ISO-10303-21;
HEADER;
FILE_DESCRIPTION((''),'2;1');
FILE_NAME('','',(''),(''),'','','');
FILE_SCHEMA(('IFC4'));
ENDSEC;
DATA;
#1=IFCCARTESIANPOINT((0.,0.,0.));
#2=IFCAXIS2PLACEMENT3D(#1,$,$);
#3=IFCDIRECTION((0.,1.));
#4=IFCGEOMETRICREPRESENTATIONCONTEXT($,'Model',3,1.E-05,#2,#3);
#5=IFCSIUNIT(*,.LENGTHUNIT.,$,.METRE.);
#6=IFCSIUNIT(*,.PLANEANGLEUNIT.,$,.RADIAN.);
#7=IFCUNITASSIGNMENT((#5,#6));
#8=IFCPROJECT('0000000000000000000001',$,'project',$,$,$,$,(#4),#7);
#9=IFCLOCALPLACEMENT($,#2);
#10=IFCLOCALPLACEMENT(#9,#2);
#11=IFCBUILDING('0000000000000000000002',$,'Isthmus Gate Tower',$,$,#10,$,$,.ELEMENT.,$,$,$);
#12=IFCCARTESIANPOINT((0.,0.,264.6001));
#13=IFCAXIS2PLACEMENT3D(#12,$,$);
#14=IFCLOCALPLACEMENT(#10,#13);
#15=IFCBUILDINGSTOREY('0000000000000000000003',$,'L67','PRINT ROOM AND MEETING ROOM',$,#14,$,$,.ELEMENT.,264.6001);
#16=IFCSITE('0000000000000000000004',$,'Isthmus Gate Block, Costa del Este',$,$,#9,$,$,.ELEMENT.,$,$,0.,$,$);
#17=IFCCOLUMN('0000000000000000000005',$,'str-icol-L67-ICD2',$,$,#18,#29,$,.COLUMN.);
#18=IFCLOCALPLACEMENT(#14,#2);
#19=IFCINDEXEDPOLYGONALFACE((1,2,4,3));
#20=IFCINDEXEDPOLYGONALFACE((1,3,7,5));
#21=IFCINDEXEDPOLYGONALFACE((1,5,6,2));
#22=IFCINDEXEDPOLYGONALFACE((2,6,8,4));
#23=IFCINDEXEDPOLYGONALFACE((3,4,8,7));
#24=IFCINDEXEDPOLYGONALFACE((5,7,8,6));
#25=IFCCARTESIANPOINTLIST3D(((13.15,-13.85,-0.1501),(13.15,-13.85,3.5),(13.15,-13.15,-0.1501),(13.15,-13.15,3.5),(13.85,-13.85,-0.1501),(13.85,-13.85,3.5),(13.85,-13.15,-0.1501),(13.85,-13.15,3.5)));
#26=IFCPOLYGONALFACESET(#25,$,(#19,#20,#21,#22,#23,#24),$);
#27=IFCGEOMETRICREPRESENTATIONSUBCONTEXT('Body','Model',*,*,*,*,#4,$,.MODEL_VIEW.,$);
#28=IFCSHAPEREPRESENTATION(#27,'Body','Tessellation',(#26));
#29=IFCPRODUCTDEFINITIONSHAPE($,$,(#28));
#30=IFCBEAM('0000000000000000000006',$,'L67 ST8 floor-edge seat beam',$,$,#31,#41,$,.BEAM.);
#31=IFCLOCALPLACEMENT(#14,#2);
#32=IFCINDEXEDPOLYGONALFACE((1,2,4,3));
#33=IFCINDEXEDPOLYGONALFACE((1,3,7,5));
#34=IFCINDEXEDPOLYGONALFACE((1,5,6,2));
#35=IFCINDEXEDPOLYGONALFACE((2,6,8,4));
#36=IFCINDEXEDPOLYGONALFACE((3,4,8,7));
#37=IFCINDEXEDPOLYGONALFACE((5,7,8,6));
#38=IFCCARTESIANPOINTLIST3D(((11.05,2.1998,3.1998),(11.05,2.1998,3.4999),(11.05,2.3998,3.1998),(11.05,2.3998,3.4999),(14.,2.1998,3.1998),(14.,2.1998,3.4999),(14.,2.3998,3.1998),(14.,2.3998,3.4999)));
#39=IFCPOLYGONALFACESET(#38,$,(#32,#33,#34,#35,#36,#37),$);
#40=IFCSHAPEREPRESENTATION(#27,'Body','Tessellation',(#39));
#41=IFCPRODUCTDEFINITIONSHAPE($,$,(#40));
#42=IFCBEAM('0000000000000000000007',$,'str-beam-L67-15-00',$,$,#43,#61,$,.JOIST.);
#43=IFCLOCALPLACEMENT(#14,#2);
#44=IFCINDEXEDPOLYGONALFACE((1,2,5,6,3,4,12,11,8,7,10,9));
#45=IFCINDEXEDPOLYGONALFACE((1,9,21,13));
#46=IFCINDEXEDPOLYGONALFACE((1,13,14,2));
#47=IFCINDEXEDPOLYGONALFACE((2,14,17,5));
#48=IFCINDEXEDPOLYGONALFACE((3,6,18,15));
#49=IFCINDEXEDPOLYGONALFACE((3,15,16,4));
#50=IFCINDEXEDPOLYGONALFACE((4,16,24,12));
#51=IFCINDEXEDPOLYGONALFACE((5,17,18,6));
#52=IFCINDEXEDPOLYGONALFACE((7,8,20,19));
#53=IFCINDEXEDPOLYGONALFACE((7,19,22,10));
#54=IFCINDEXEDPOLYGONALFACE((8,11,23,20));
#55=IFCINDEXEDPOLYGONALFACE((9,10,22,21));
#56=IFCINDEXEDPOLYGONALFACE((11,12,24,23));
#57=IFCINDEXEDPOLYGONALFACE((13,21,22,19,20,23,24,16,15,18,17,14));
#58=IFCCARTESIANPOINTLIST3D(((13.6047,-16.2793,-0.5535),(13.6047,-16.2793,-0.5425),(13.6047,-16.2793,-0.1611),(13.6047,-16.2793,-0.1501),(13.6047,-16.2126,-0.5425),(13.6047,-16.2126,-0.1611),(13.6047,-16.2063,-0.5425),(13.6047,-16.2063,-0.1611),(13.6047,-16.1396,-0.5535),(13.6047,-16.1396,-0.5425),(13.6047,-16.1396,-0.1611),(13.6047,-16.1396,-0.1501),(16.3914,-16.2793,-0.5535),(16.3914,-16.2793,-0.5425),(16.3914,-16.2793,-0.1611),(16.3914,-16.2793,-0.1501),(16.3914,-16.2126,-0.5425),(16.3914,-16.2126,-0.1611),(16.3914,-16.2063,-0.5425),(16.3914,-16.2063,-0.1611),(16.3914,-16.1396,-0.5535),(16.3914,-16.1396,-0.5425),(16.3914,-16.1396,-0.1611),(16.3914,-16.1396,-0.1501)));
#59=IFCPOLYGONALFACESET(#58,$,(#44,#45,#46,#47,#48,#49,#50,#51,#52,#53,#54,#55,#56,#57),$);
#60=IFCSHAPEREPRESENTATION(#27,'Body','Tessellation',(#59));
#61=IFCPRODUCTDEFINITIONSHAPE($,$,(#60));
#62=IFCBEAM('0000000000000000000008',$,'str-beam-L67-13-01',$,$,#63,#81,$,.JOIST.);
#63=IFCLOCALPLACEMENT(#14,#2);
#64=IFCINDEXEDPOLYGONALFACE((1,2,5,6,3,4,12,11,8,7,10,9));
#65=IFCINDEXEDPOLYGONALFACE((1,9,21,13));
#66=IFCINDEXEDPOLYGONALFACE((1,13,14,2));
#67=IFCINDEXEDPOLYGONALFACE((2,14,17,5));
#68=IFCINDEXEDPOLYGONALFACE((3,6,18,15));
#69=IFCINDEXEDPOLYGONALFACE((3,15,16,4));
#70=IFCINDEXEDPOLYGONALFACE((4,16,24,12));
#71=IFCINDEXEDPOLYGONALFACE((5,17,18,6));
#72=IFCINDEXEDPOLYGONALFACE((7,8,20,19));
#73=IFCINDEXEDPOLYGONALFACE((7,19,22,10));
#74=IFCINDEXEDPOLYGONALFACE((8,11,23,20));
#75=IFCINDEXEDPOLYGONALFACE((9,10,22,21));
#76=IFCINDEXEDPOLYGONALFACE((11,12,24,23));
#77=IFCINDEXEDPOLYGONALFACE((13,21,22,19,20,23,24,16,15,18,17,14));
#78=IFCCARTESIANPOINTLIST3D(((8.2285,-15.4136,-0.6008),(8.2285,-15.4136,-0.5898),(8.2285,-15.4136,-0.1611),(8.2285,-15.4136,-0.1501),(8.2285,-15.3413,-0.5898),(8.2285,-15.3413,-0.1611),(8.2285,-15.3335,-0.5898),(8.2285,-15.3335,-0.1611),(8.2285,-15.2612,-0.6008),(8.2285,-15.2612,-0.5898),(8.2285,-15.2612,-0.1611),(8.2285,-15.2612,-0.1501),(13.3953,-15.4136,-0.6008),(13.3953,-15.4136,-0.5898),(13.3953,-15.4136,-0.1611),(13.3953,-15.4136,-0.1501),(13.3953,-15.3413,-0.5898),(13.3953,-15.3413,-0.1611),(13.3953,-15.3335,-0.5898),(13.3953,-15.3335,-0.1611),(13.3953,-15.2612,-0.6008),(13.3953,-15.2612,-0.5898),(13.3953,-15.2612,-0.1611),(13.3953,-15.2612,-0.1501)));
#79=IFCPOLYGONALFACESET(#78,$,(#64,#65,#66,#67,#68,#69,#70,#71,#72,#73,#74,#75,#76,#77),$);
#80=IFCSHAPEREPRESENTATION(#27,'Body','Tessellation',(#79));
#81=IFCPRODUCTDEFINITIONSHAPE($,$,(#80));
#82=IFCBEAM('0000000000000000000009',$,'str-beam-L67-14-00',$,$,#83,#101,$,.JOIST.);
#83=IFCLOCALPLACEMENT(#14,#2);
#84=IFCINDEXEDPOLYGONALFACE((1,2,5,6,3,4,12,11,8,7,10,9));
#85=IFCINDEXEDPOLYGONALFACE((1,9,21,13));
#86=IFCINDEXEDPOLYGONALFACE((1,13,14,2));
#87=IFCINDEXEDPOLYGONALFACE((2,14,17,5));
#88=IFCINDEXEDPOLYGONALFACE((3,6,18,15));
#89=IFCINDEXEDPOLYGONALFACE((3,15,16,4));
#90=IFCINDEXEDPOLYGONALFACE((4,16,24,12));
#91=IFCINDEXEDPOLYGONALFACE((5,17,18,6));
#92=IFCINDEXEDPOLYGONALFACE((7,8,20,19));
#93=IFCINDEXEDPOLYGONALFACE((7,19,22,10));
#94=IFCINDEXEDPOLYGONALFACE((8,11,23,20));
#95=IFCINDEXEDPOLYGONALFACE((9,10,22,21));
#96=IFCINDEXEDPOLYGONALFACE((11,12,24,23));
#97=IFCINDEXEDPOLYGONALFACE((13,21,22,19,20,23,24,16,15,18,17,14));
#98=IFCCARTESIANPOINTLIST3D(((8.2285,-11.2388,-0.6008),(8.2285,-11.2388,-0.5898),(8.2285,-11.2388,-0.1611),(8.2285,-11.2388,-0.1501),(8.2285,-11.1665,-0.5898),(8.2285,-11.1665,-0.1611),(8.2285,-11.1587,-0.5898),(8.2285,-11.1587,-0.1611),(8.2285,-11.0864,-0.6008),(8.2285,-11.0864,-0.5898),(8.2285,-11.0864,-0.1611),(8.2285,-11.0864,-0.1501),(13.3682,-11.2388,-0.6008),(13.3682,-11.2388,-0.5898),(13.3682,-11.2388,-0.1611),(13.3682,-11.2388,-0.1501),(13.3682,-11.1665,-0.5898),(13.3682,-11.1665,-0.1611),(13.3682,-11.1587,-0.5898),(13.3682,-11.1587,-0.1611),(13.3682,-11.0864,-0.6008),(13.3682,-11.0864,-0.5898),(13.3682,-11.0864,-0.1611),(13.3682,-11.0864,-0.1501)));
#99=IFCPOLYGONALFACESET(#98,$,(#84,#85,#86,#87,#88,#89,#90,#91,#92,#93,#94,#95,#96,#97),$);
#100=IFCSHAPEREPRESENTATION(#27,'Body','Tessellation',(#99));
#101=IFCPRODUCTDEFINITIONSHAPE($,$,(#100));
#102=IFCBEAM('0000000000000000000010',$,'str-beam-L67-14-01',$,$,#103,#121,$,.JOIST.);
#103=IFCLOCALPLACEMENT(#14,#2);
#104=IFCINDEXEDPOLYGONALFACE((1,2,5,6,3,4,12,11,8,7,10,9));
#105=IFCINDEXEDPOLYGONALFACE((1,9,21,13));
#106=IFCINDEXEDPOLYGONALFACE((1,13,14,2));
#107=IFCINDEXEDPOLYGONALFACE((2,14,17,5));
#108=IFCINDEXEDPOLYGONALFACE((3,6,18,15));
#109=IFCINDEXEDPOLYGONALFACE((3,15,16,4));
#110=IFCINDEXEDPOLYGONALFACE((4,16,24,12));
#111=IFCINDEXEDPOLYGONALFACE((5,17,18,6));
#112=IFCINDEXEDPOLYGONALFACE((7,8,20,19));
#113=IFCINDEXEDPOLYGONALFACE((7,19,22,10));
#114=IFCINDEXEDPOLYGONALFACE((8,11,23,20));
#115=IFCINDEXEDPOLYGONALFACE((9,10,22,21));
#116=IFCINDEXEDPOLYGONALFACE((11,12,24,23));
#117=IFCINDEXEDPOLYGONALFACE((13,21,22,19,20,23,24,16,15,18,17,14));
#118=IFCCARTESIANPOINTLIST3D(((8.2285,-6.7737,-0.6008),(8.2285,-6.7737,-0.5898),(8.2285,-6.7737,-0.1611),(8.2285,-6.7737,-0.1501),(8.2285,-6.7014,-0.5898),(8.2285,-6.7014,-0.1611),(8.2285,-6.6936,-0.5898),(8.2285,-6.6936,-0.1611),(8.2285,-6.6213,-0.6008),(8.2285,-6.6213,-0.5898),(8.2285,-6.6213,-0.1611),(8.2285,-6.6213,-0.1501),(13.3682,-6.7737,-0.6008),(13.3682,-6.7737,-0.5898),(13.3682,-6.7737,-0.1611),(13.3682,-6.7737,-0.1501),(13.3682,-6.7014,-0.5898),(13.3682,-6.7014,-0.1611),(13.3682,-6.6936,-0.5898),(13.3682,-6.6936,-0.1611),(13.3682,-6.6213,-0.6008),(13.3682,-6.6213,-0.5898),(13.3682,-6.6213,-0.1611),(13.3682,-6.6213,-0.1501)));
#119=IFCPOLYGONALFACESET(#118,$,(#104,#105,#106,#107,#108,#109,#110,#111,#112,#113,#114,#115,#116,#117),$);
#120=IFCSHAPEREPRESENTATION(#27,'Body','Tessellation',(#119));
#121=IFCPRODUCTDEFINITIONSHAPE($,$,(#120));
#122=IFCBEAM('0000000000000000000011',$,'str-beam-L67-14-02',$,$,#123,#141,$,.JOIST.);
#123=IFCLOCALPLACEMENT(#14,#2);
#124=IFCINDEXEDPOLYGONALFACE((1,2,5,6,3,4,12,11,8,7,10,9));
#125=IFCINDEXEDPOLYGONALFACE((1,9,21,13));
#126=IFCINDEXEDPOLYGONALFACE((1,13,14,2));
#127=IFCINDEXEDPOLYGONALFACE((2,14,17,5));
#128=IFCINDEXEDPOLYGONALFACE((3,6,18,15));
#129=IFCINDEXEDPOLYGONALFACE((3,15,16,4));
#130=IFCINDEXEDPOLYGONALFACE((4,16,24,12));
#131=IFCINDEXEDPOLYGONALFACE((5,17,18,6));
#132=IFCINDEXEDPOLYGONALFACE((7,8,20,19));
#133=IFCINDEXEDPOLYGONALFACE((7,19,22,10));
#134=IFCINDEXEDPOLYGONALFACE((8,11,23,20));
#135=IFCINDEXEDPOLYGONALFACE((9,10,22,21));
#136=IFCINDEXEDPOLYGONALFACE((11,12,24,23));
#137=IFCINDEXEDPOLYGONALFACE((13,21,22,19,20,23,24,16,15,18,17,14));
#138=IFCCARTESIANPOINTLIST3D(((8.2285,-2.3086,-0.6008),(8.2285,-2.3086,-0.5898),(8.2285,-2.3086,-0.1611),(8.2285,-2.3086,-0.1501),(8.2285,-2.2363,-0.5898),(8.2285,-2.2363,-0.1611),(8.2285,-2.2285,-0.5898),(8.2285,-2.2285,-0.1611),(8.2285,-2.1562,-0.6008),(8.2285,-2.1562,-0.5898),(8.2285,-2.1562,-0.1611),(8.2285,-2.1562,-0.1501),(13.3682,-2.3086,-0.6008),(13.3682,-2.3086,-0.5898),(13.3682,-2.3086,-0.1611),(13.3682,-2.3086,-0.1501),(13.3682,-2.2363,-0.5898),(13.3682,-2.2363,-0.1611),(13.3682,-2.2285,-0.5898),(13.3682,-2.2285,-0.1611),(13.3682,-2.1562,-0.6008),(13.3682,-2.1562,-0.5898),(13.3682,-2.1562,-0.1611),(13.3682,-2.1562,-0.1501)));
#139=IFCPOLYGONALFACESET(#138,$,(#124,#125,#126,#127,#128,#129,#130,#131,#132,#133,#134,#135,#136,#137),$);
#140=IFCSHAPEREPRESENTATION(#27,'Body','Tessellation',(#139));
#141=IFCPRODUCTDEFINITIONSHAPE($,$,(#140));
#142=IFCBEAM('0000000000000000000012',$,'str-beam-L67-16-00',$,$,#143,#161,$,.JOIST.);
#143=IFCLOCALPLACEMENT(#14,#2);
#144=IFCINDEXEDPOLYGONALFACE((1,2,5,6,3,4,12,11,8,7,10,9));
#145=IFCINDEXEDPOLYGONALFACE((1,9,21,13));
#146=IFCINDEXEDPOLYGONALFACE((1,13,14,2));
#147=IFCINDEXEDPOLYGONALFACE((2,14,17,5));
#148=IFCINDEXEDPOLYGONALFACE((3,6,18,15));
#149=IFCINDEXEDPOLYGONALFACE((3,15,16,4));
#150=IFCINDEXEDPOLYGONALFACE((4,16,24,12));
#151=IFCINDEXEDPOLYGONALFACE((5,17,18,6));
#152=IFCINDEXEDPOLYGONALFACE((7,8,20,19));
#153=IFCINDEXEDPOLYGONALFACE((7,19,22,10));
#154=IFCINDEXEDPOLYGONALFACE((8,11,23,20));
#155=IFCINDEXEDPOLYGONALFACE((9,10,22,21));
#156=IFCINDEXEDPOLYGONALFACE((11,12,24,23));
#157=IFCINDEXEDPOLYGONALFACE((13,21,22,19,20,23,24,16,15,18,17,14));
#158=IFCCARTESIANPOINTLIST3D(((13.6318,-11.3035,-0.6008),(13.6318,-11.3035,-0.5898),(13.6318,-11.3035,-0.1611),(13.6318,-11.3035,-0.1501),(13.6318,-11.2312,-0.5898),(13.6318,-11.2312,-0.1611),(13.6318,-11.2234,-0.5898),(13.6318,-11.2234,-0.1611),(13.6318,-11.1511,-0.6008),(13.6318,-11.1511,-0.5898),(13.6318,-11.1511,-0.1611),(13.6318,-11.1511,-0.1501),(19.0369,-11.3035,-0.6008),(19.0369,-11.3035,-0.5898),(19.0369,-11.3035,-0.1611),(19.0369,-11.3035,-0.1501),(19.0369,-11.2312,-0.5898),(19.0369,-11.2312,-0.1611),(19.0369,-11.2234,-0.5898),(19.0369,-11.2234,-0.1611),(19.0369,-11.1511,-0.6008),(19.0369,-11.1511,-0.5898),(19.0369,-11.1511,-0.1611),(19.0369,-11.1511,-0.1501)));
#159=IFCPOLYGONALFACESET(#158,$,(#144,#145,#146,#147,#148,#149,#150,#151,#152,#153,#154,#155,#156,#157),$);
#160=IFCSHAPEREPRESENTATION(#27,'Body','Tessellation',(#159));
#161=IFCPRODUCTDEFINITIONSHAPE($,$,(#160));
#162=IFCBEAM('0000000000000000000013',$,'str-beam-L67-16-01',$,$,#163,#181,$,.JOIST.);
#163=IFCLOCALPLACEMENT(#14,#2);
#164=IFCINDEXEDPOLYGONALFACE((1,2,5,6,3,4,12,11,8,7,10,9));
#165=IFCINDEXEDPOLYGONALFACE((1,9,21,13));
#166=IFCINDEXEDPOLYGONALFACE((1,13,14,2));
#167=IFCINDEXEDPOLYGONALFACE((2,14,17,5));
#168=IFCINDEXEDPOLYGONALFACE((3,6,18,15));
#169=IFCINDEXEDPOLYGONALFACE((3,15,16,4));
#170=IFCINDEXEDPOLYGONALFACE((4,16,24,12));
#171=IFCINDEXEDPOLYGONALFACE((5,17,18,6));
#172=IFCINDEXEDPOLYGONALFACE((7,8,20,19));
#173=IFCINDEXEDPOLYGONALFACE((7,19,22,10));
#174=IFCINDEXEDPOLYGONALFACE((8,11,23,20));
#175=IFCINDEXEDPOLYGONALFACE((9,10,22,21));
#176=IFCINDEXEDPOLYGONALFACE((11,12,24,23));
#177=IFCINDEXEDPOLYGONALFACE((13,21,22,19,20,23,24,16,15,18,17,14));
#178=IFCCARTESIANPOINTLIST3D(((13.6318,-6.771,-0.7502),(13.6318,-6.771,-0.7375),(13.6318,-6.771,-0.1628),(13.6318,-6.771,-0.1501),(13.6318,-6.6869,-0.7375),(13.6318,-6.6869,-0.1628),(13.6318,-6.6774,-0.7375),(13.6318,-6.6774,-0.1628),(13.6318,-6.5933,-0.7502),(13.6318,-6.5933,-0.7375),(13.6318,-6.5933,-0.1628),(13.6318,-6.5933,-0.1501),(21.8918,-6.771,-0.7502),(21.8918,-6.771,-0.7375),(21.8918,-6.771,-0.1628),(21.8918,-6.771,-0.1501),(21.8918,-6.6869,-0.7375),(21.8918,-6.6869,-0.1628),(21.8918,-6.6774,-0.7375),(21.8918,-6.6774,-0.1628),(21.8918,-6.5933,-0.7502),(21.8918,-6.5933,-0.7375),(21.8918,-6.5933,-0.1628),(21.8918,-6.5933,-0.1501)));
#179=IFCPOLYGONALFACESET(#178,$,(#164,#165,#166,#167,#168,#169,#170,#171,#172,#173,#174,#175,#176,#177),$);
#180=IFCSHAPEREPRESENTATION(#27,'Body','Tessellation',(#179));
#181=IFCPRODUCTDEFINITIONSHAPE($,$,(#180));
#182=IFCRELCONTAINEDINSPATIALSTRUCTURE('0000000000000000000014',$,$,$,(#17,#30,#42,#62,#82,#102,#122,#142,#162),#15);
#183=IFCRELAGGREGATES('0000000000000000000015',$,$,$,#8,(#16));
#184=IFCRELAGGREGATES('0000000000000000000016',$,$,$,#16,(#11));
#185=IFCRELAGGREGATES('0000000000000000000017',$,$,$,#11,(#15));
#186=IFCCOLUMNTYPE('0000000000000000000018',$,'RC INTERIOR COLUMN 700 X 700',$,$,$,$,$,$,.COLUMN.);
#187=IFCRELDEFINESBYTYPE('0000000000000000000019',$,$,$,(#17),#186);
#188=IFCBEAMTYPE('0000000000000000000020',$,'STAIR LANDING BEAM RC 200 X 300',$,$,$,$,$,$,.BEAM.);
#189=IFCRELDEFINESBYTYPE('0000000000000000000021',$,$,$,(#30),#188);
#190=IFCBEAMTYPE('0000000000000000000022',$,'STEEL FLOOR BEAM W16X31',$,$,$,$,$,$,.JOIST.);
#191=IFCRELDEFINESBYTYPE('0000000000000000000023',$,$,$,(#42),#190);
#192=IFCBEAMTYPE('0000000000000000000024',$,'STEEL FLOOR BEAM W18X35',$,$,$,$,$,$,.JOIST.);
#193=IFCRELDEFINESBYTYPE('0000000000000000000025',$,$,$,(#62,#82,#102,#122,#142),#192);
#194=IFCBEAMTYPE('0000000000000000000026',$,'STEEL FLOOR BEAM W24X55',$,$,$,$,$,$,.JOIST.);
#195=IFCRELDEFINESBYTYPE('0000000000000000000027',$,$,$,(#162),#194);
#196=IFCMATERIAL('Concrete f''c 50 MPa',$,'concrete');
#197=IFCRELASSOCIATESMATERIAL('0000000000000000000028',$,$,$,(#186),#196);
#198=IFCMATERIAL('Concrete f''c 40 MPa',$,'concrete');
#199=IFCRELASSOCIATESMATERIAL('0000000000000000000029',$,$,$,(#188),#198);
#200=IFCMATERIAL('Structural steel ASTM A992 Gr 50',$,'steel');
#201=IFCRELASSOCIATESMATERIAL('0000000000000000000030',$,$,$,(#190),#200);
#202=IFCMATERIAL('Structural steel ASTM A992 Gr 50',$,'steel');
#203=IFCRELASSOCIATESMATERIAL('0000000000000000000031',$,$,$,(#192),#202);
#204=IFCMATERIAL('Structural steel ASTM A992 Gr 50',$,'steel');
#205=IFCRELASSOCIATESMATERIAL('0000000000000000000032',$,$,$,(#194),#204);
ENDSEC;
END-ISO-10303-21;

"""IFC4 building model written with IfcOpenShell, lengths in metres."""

from ifc_helpers import new_model, si_unit, direction, frame, origin, origin_2d, place, context, subcontext, project, spatial, rectangle, i_section, extrude, material, material_profile, profile_set, type_object, element, save


model = new_model("IFC4")

# Units and contexts
model_context = context("Model", 3, precision=1e-05, world=origin(), true_north=direction((0.0, 1.0)))
body_context = subcontext(model_context, "Body", "Model", "MODEL_VIEW")
ifc_project = project(units=[si_unit("LENGTHUNIT", "METRE"), si_unit("PLANEANGLEUNIT", "RADIAN")], contexts=[model_context])

# Site, building, storey
site_placement = place(None, origin())
site = spatial("IfcSite", under=ifc_project, at=site_placement, Name="Isthmus Gate Block, Costa del Este", CompositionType="ELEMENT", RefElevation=0.0)
building_placement = place(site_placement, origin())
building = spatial("IfcBuilding", under=site, at=building_placement, Name="Isthmus Gate Tower", CompositionType="ELEMENT")
storey_placement = place(building_placement, frame((0.0, 0.0, 264.6001)))
storey = spatial("IfcBuildingStorey", under=building, at=storey_placement, Name="L67", Description="PRINT ROOM AND MEETING ROOM", CompositionType="ELEMENT", Elevation=264.6001)

# Column
ifc_material_1 = material(Name="Concrete f'c 50 MPa", Category="concrete")
ifc_material_profile_1 = material_profile(ifc_material_1, rectangle(XDim=0.7, YDim=0.7, at=origin_2d()), Name="RC 700X700")
ifc_profile_set_1 = profile_set([ifc_material_profile_1], Name="Concrete f'c 50 MPa")
column_type = type_object("IfcColumnType", Name="RC INTERIOR COLUMN 700 X 700", PredefinedType="COLUMN", material=ifc_profile_set_1)
column_placement = place(storey_placement, frame((13.5, -13.5, -0.1501), z_axis=(0.0, 0.0, 1.0), x_axis=(1.0, 0.0, 0.0)))
element("IfcColumn", 1, at=column_placement, inside=storey, type_object=column_type, Name="str-icol-L67-ICD2", PredefinedType="COLUMN", context=body_context, shape_type="SweptSolid", body=[
    extrude(rectangle(XDim=0.7, YDim=0.7, at=origin_2d()), origin(), (0.0, 0.0, 1.0), 3.6501),
])

# Beams
ifc_material_2 = material(Name="Concrete f'c 40 MPa", Category="concrete")
ifc_material_profile_2 = material_profile(ifc_material_2, rectangle(XDim=0.2, YDim=0.3, at=origin_2d()), Name="STAIR LANDING BEAM RC 200 X 300")
ifc_profile_set_2 = profile_set([ifc_material_profile_2], Name="Concrete f'c 40 MPa")
beam_type_1 = type_object("IfcBeamType", Name="STAIR LANDING BEAM RC 200 X 300", PredefinedType="BEAM", material=ifc_profile_set_2)
beam_1_placement = place(storey_placement, frame((11.05, 2.2998, 3.3499), z_axis=(1.0, 0.0, 0.0), x_axis=(0.0, 1.0, 0.0)))
element("IfcBeam", 2, at=beam_1_placement, inside=storey, type_object=beam_type_1, Name="L67 ST8 floor-edge seat beam", PredefinedType="BEAM", context=body_context, shape_type="SweptSolid", body=[
    extrude(rectangle(XDim=0.2, YDim=0.3, at=origin_2d()), origin(), (0.0, 0.0, 1.0), 2.95),
])
ifc_material_3 = material(Name="Structural steel ASTM A992 Gr 50", Category="steel")
ifc_material_profile_3 = material_profile(ifc_material_3, i_section(OverallWidth=0.1396, OverallDepth=0.4033, WebThickness=0.0063, FlangeThickness=0.011, at=origin_2d()), Name="W16X31")
ifc_profile_set_3 = profile_set([ifc_material_profile_3], Name="Structural steel ASTM A992 Gr 50")
beam_type_2 = type_object("IfcBeamType", Name="STEEL FLOOR BEAM W16X31", PredefinedType="JOIST", material=ifc_profile_set_3)
beam_2_placement = place(storey_placement, frame((13.6047, -16.2095, -0.3518), z_axis=(1.0, 0.0, 0.0), x_axis=(0.0, 1.0, 0.0)))
element("IfcBeam", 3, at=beam_2_placement, inside=storey, type_object=beam_type_2, Name="str-beam-L67-15-00", PredefinedType="JOIST", context=body_context, shape_type="SweptSolid", body=[
    extrude(i_section(OverallWidth=0.1396, OverallDepth=0.4033, WebThickness=0.0063, FlangeThickness=0.011, at=origin_2d()), origin(), (0.0, 0.0, 1.0), 2.7866),
])
ifc_material_4 = material(Name="Structural steel ASTM A992 Gr 50", Category="steel")
ifc_material_profile_4 = material_profile(ifc_material_4, i_section(OverallWidth=0.1523, OverallDepth=0.4507, WebThickness=0.0078, FlangeThickness=0.011, at=origin_2d()), Name="W18X35")
ifc_profile_set_4 = profile_set([ifc_material_profile_4], Name="Structural steel ASTM A992 Gr 50")
beam_type_3 = type_object("IfcBeamType", Name="STEEL FLOOR BEAM W18X35", PredefinedType="JOIST", material=ifc_profile_set_4)
beam_3_placement = place(storey_placement, frame((8.2285, -15.3374, -0.3755), z_axis=(1.0, 0.0, 0.0), x_axis=(0.0, 1.0, 0.0)))
element("IfcBeam", 4, at=beam_3_placement, inside=storey, type_object=beam_type_3, Name="str-beam-L67-13-01", PredefinedType="JOIST", context=body_context, shape_type="SweptSolid", body=[
    extrude(i_section(OverallWidth=0.1523, OverallDepth=0.4507, WebThickness=0.0078, FlangeThickness=0.011, at=origin_2d()), origin(), (0.0, 0.0, 1.0), 5.1667),
])
for number, where, z_axis, x_axis, name in (
    (5, (8.2285, -11.1626, -0.3755), (1.0, 0.0, 0.0), (0.0, 1.0, 0.0), "str-beam-L67-14-00"),
    (6, (8.2285, -6.6975, -0.3755), (1.0, 0.0, 0.0), (0.0, 1.0, 0.0), "str-beam-L67-14-01"),
    (7, (8.2285, -2.2324, -0.3755), (1.0, 0.0, 0.0), (0.0, 1.0, 0.0), "str-beam-L67-14-02"),
):
    element("IfcBeam", number, at=place(storey_placement, frame(where, z_axis=z_axis, x_axis=x_axis)), inside=storey, type_object=beam_type_3, Name=name, PredefinedType="JOIST", context=body_context, shape_type="SweptSolid", body=[
        extrude(i_section(OverallWidth=0.1523, OverallDepth=0.4507, WebThickness=0.0078, FlangeThickness=0.011, at=origin_2d()), origin(), (0.0, 0.0, 1.0), 5.1396),
    ])
beam_4_placement = place(storey_placement, frame((13.6318, -11.2273, -0.3755), z_axis=(1.0, 0.0, 0.0), x_axis=(0.0, 1.0, 0.0)))
element("IfcBeam", 8, at=beam_4_placement, inside=storey, type_object=beam_type_3, Name="str-beam-L67-16-00", PredefinedType="JOIST", context=body_context, shape_type="SweptSolid", body=[
    extrude(i_section(OverallWidth=0.1523, OverallDepth=0.4507, WebThickness=0.0078, FlangeThickness=0.011, at=origin_2d()), origin(), (0.0, 0.0, 1.0), 5.405),
])
ifc_material_5 = material(Name="Structural steel ASTM A992 Gr 50", Category="steel")
ifc_material_profile_5 = material_profile(ifc_material_5, i_section(OverallWidth=0.1777, OverallDepth=0.6001, WebThickness=0.0095, FlangeThickness=0.0127, at=origin_2d()), Name="W24X55")
ifc_profile_set_5 = profile_set([ifc_material_profile_5], Name="Structural steel ASTM A992 Gr 50")
beam_type_4 = type_object("IfcBeamType", Name="STEEL FLOOR BEAM W24X55", PredefinedType="JOIST", material=ifc_profile_set_5)
beam_5_placement = place(storey_placement, frame((13.6318, -6.6821, -0.4502), z_axis=(1.0, 0.0, 0.0), x_axis=(0.0, 1.0, 0.0)))
element("IfcBeam", 9, at=beam_5_placement, inside=storey, type_object=beam_type_4, Name="str-beam-L67-16-01", PredefinedType="JOIST", context=body_context, shape_type="SweptSolid", body=[
    extrude(i_section(OverallWidth=0.1777, OverallDepth=0.6001, WebThickness=0.0095, FlangeThickness=0.0127, at=origin_2d()), origin(), (0.0, 0.0, 1.0), 8.26),
])

save(model, "model.ifc")
